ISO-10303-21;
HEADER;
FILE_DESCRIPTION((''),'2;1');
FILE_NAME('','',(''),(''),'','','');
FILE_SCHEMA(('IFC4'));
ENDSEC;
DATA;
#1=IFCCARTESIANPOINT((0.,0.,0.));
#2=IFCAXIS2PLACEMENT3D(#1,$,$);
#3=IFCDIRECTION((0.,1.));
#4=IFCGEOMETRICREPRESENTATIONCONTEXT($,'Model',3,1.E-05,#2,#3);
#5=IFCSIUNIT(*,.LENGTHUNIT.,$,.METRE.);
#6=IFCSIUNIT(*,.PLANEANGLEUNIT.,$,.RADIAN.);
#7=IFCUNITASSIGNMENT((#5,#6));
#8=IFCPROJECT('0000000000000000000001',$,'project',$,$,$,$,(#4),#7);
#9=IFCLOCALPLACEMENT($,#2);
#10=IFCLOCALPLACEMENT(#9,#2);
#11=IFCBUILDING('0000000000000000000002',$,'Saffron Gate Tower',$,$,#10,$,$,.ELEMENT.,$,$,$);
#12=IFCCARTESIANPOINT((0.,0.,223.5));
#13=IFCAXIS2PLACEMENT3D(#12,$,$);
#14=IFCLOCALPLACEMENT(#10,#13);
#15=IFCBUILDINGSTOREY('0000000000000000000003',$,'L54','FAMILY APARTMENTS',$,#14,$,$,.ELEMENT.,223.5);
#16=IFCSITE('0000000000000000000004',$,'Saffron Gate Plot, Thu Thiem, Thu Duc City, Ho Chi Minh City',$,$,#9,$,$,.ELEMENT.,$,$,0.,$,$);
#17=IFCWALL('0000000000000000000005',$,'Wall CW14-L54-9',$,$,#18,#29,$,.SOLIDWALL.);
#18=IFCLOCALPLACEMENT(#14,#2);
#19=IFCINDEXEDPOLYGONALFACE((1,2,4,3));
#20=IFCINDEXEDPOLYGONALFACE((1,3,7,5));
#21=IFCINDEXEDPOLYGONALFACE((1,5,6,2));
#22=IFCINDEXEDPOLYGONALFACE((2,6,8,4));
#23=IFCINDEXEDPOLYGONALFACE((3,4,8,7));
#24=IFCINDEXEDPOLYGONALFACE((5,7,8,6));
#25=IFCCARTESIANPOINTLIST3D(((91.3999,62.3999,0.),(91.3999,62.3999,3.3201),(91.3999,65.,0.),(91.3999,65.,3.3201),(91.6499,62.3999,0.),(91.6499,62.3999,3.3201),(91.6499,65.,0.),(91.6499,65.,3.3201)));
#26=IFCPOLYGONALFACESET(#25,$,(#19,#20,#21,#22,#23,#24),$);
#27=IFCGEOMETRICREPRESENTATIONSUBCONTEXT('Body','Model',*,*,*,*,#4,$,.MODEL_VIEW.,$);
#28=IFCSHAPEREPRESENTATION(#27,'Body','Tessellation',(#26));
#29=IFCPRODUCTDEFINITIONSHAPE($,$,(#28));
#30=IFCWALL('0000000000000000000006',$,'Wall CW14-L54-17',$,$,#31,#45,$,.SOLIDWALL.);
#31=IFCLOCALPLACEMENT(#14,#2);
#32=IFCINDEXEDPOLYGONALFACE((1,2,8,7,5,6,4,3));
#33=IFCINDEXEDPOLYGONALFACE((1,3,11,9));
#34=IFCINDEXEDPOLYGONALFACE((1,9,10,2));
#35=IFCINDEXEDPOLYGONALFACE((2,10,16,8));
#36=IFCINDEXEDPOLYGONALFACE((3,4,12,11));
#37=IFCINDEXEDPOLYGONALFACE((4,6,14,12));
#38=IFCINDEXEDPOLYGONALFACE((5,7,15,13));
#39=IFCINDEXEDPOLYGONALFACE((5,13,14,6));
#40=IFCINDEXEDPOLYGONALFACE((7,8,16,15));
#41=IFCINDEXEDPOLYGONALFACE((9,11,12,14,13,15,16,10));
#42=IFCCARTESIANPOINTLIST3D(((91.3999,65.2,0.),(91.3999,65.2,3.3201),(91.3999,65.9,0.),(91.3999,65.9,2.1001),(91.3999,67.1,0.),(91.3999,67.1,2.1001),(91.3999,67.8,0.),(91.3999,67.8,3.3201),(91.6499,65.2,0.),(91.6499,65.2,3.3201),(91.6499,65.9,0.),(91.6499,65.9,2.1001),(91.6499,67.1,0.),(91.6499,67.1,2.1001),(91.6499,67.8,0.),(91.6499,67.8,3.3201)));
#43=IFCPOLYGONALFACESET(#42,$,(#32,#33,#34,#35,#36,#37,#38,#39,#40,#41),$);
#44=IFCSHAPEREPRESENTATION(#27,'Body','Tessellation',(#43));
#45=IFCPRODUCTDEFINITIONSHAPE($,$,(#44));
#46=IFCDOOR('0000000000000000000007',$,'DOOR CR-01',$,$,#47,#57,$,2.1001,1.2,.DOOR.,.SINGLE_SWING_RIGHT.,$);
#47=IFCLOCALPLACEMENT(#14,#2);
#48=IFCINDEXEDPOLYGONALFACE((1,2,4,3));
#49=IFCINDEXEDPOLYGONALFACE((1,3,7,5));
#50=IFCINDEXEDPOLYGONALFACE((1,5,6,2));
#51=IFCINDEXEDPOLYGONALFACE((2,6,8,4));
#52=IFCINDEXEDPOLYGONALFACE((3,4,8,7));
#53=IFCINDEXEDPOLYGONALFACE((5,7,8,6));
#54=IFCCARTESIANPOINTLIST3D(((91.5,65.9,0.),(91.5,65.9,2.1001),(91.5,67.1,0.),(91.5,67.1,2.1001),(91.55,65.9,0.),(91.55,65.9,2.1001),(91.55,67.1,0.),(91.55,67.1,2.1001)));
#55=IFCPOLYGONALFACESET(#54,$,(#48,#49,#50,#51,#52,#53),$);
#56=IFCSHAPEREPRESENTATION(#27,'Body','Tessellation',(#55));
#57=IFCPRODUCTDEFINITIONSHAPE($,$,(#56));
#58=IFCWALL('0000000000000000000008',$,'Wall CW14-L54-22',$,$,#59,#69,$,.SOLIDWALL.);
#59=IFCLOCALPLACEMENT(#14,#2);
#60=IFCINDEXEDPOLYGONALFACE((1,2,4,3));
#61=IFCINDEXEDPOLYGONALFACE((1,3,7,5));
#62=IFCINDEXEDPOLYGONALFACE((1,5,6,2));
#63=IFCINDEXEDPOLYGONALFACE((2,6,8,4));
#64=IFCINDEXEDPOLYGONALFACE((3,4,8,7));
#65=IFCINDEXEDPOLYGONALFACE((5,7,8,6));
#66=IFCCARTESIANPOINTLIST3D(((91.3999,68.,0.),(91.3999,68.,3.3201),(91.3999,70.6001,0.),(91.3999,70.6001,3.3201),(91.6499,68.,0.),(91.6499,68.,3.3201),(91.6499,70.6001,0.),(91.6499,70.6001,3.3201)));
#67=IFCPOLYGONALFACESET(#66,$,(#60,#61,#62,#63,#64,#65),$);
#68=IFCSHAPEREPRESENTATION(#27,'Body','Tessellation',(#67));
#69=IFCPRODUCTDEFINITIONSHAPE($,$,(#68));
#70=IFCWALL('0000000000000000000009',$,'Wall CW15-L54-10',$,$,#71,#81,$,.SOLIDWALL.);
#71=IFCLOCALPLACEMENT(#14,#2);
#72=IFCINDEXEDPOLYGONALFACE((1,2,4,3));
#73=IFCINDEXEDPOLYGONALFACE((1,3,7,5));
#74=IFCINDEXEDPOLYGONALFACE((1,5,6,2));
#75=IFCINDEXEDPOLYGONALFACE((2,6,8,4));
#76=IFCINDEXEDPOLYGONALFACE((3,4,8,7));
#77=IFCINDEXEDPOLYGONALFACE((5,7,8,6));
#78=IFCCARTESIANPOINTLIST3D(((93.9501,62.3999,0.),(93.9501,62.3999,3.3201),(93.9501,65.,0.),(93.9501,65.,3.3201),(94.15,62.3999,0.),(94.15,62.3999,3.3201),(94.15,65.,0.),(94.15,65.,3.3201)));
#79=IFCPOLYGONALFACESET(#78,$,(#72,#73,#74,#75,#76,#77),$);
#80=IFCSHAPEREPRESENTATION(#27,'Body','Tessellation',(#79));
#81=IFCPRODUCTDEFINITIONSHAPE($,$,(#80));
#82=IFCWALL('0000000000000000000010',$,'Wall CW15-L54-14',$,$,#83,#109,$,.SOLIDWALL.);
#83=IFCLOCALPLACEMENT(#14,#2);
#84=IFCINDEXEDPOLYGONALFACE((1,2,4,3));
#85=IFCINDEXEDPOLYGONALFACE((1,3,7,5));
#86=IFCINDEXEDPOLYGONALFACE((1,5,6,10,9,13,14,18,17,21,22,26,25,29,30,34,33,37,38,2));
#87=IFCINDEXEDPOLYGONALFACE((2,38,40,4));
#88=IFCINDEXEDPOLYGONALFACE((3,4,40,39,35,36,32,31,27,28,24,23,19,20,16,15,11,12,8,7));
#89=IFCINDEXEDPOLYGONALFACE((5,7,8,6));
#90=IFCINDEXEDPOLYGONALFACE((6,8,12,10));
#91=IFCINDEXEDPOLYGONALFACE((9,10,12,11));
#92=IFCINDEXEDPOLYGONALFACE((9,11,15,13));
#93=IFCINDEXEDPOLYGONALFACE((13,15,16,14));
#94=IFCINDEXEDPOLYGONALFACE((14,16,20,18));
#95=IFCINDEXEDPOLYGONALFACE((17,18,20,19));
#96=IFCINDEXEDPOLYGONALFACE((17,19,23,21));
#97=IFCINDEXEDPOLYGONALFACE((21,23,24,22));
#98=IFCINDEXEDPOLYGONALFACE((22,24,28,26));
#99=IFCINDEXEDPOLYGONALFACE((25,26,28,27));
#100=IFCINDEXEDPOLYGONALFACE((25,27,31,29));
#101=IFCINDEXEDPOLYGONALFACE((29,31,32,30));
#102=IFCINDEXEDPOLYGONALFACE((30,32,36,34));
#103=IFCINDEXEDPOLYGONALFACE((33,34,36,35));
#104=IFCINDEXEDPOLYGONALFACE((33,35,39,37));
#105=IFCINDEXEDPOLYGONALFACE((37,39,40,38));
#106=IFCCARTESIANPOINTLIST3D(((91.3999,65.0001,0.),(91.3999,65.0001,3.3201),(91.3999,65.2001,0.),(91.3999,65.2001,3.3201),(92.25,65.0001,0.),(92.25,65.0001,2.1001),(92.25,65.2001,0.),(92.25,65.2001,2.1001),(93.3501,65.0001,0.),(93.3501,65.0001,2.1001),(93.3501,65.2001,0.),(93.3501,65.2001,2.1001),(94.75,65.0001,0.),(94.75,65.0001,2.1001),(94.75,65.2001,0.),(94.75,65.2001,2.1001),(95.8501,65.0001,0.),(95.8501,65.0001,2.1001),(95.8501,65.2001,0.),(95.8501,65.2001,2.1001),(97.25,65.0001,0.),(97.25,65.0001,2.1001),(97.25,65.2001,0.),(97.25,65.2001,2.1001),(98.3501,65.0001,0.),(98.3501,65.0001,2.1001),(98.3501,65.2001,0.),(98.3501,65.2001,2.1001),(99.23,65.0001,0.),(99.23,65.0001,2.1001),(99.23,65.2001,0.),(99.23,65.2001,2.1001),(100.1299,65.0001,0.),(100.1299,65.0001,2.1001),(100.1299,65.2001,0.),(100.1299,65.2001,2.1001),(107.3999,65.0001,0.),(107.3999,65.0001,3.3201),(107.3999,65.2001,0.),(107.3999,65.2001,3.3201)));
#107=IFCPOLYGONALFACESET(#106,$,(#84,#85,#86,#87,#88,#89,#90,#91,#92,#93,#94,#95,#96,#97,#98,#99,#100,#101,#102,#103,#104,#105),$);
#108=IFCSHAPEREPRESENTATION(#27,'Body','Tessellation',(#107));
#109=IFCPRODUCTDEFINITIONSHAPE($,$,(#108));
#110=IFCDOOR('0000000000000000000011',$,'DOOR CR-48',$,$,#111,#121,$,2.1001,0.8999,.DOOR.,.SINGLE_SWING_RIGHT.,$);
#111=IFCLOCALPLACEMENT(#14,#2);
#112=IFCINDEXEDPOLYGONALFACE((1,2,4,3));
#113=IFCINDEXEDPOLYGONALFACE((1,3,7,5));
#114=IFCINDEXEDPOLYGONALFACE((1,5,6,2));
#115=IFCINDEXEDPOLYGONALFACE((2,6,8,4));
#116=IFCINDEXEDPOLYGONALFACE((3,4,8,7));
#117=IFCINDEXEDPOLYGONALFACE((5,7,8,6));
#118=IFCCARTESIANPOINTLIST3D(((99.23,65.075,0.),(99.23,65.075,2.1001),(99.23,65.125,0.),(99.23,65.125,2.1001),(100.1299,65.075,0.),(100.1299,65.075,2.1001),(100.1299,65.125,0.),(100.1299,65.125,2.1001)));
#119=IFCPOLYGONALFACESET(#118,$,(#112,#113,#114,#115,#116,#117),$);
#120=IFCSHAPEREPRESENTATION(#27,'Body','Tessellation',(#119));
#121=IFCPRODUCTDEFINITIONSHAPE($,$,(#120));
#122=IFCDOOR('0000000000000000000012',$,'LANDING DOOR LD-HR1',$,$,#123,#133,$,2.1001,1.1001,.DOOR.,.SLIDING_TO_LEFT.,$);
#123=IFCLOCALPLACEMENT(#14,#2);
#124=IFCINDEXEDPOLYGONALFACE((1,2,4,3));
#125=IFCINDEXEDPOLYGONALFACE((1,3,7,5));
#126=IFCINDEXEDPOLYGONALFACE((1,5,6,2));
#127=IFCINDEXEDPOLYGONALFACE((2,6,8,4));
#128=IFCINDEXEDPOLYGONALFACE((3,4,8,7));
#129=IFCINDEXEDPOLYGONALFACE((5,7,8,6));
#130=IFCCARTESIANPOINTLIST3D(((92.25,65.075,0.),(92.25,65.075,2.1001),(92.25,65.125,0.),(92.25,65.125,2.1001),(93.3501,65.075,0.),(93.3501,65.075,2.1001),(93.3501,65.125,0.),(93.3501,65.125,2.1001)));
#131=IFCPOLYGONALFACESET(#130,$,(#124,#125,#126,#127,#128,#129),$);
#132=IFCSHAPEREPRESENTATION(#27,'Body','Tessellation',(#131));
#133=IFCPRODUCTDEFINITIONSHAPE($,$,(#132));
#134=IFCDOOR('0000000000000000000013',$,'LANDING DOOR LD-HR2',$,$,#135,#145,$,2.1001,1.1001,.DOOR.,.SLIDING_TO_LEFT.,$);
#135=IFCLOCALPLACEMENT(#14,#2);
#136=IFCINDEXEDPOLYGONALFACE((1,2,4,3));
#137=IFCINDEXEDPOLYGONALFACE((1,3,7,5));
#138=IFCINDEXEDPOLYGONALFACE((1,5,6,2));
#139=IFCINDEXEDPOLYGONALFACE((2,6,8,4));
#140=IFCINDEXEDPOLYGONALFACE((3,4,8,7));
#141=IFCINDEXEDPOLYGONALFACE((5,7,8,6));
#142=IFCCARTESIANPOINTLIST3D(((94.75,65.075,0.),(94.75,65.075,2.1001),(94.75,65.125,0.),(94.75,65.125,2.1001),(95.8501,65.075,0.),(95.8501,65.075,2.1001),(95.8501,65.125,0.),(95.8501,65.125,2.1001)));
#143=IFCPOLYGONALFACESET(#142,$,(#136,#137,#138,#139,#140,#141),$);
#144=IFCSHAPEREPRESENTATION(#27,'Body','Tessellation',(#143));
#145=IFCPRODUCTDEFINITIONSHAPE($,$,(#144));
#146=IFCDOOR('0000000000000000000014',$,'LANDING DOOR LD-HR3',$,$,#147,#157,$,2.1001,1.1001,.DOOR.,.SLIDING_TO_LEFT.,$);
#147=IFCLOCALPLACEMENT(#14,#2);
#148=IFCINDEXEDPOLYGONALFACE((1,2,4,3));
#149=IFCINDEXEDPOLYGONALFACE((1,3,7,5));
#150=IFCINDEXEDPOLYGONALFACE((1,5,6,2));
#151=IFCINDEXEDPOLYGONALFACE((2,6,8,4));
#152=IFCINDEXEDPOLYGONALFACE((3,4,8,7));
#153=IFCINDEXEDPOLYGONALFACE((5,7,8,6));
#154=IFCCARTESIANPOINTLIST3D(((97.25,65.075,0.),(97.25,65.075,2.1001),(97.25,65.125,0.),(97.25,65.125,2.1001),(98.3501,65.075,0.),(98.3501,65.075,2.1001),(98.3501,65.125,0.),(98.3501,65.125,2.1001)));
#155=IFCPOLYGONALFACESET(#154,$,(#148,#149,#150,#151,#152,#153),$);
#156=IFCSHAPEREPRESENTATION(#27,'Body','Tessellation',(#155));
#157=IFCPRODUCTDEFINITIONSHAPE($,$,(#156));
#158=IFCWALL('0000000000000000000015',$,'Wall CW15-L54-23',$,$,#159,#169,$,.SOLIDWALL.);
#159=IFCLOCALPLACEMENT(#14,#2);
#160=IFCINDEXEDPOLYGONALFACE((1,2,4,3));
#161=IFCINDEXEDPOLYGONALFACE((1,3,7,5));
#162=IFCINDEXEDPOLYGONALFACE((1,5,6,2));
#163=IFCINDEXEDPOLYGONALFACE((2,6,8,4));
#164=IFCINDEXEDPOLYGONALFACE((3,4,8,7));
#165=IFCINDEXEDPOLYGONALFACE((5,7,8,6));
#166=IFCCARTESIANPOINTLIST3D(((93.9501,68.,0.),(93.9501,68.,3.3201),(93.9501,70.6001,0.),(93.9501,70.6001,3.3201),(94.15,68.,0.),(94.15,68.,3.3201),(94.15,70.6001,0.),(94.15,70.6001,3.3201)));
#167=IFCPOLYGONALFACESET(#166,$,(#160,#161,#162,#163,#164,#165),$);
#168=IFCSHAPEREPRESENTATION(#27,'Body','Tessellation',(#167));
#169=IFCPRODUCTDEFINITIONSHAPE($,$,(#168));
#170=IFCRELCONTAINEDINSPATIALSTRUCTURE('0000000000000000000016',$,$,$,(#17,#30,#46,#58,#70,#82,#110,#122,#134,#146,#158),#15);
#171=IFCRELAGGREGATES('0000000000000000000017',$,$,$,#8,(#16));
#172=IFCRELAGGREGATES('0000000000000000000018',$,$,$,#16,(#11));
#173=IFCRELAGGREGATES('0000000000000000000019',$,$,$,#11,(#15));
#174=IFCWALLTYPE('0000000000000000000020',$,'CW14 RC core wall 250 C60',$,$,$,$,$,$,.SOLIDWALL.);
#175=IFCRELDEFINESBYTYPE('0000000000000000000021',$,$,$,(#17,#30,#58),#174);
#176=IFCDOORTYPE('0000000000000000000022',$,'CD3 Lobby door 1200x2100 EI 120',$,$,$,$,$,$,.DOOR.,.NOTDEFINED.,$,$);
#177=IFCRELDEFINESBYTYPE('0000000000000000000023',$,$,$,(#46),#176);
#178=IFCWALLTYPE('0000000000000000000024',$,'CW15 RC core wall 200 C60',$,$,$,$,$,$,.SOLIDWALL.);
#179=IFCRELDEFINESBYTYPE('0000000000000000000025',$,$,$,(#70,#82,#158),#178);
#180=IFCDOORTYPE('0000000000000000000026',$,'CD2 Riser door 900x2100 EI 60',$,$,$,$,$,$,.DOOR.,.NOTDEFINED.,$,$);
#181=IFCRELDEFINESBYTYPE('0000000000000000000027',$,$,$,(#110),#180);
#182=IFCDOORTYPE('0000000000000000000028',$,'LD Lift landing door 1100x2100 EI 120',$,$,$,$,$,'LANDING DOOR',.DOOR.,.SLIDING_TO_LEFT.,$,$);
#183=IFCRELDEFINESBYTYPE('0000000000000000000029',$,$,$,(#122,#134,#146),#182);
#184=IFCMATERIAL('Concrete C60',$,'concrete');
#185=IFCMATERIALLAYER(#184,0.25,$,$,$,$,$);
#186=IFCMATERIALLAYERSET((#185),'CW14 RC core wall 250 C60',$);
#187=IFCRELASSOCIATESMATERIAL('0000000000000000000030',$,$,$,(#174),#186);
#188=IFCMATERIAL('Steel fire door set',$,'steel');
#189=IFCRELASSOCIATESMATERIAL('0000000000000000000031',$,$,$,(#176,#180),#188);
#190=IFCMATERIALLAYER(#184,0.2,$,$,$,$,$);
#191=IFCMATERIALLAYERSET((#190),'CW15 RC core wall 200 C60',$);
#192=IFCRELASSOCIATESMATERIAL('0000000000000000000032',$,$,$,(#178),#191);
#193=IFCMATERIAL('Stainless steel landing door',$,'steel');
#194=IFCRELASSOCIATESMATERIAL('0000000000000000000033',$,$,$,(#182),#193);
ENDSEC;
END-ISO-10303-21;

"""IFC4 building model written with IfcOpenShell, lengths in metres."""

from ifc_helpers import new_model, si_unit, direction, frame, frame_2d, origin, place, context, subcontext, project, spatial, rectangle, extrude, material, layer, layer_set, type_object, element, fill, save


model = new_model("IFC4")

# Units and contexts
model_context = context("Model", 3, precision=1e-05, world=origin(), true_north=direction((0.0, 1.0)))
body_context = subcontext(model_context, "Body", "Model", "MODEL_VIEW")
ifc_project = project(units=[si_unit("LENGTHUNIT", "METRE"), si_unit("PLANEANGLEUNIT", "RADIAN")], contexts=[model_context])

# Site, building, storey
site_placement = place(None, origin())
site = spatial("IfcSite", under=ifc_project, at=site_placement, Name="Saffron Gate Plot, Thu Thiem, Thu Duc City, Ho Chi Minh City", CompositionType="ELEMENT", RefElevation=0.0)
building_placement = place(site_placement, origin())
building = spatial("IfcBuilding", under=site, at=building_placement, Name="Saffron Gate Tower", CompositionType="ELEMENT")
storey_placement = place(building_placement, frame((0.0, 0.0, 223.5)))
storey = spatial("IfcBuildingStorey", under=building, at=storey_placement, Name="L54", Description="FAMILY APARTMENTS", CompositionType="ELEMENT", Elevation=223.5)

# Wall
ifc_material_1 = material(Name="Concrete C60", Category="concrete")
ifc_layer_1 = layer(ifc_material_1, 0.25)
ifc_layer_set_1 = layer_set([ifc_layer_1], Name="CW14 RC core wall 250 C60")
wall_type_1 = type_object("IfcWallType", Name="CW14 RC core wall 250 C60", PredefinedType="SOLIDWALL", material=ifc_layer_set_1)
wall_1_placement = place(storey_placement, frame((91.5249, 62.3999, 0.0), z_axis=(0.0, 0.0, 1.0), x_axis=(0.0, 1.0, 0.0)))
element("IfcWall", 1, at=wall_1_placement, inside=storey, type_object=wall_type_1, Name="Wall CW14-L54-9", PredefinedType="SOLIDWALL", context=body_context, shape_type="SweptSolid", body=[
    extrude(rectangle(XDim=2.6001, YDim=0.25, at=frame_2d((1.3, 0.0))), origin(), (0.0, 0.0, 1.0), 3.3201),
])

# Wall, opening, door
wall_2_placement = place(storey_placement, frame((91.5249, 65.2, 0.0), z_axis=(0.0, 0.0, 1.0), x_axis=(0.0, 1.0, 0.0)))
wall_2 = element("IfcWall", 2, at=wall_2_placement, inside=storey, type_object=wall_type_1, Name="Wall CW14-L54-17", PredefinedType="SOLIDWALL", context=body_context, shape_type="SweptSolid", body=[
    extrude(rectangle(XDim=2.6001, YDim=0.25, at=frame_2d((1.3, 0.0))), origin(), (0.0, 0.0, 1.0), 3.3201),
])
opening_1_placement = place(wall_2_placement, frame((0.7, 0.0, 0.0)))
opening_1 = element("IfcOpeningElement", 3, at=opening_1_placement, cuts=wall_2, PredefinedType="OPENING", context=body_context, shape_type="SweptSolid", body=[
    extrude(rectangle(XDim=1.2, YDim=2.1001, at=frame_2d((0.6001, 1.05))), frame((0.0, 0.135, 0.0), z_axis=(0.0, -1.0, 0.0), x_axis=(1.0, 0.0, 0.0)), (0.0, 0.0, 1.0), 0.27),
])
ifc_material_2 = material(Name="Steel fire door set", Category="steel")
door_type_1 = type_object("IfcDoorType", Name="CD3 Lobby door 1200x2100 EI 120", OperationType="NOTDEFINED", PredefinedType="DOOR", material=ifc_material_2)
door_1_placement = place(opening_1_placement, origin())
door_1 = element("IfcDoor", 4, at=door_1_placement, inside=storey, type_object=door_type_1, Name="DOOR CR-01", OperationType="SINGLE_SWING_RIGHT", OverallHeight=2.1001, OverallWidth=1.2, PredefinedType="DOOR", context=body_context, shape_type="SweptSolid", body=[
    extrude(rectangle(XDim=1.2, YDim=2.1001, at=frame_2d((0.6001, 1.05))), frame((0.0, 0.0249, 0.0), z_axis=(0.0, -1.0, 0.0), x_axis=(1.0, 0.0, 0.0)), (0.0, 0.0, 1.0), 0.05),
])
fill(opening_1, door_1)

# Walls
wall_3_placement = place(storey_placement, frame((91.5249, 68.0, 0.0), z_axis=(0.0, 0.0, 1.0), x_axis=(0.0, 1.0, 0.0)))
element("IfcWall", 5, at=wall_3_placement, inside=storey, type_object=wall_type_1, Name="Wall CW14-L54-22", PredefinedType="SOLIDWALL", context=body_context, shape_type="SweptSolid", body=[
    extrude(rectangle(XDim=2.6001, YDim=0.25, at=frame_2d((1.3, 0.0))), origin(), (0.0, 0.0, 1.0), 3.3201),
])
ifc_layer_2 = layer(ifc_material_1, 0.2)
ifc_layer_set_2 = layer_set([ifc_layer_2], Name="CW15 RC core wall 200 C60")
wall_type_2 = type_object("IfcWallType", Name="CW15 RC core wall 200 C60", PredefinedType="SOLIDWALL", material=ifc_layer_set_2)
wall_4_placement = place(storey_placement, frame((94.05, 62.3999, 0.0), z_axis=(0.0, 0.0, 1.0), x_axis=(0.0, 1.0, 0.0)))
element("IfcWall", 6, at=wall_4_placement, inside=storey, type_object=wall_type_2, Name="Wall CW15-L54-10", PredefinedType="SOLIDWALL", context=body_context, shape_type="SweptSolid", body=[
    extrude(rectangle(XDim=2.6001, YDim=0.2, at=frame_2d((1.3, 0.0))), origin(), (0.0, 0.0, 1.0), 3.3201),
])

# Wall, openings, doors
wall_5_placement = place(storey_placement, frame((91.3999, 65.1001, 0.0), z_axis=(0.0, 0.0, 1.0), x_axis=(1.0, 0.0, 0.0)))
wall_5 = element("IfcWall", 7, at=wall_5_placement, inside=storey, type_object=wall_type_2, Name="Wall CW15-L54-14", PredefinedType="SOLIDWALL", context=body_context, shape_type="SweptSolid", body=[
    extrude(rectangle(XDim=16.0, YDim=0.2, at=frame_2d((8.0, 0.0))), origin(), (0.0, 0.0, 1.0), 3.3201),
])
opening_2_placement = place(wall_5_placement, frame((0.8501, 0.0, 0.0)))
opening_2 = element("IfcOpeningElement", 8, at=opening_2_placement, cuts=wall_5, PredefinedType="OPENING", context=body_context, shape_type="SweptSolid", body=[
    extrude(rectangle(XDim=1.1001, YDim=2.1001, at=frame_2d((0.55, 1.05))), frame((0.0, 0.1099, 0.0), z_axis=(0.0, -1.0, 0.0), x_axis=(1.0, 0.0, 0.0)), (0.0, 0.0, 1.0), 0.22),
])
opening_3_placement = place(wall_5_placement, frame((3.3501, 0.0, 0.0)))
opening_3 = element("IfcOpeningElement", 9, at=opening_3_placement, cuts=wall_5, PredefinedType="OPENING", context=body_context, shape_type="SweptSolid", body=[
    extrude(rectangle(XDim=1.1001, YDim=2.1001, at=frame_2d((0.55, 1.05))), frame((0.0, 0.1099, 0.0), z_axis=(0.0, -1.0, 0.0), x_axis=(1.0, 0.0, 0.0)), (0.0, 0.0, 1.0), 0.22),
])
opening_4_placement = place(wall_5_placement, frame((5.8501, 0.0, 0.0)))
opening_4 = element("IfcOpeningElement", 10, at=opening_4_placement, cuts=wall_5, PredefinedType="OPENING", context=body_context, shape_type="SweptSolid", body=[
    extrude(rectangle(XDim=1.1001, YDim=2.1001, at=frame_2d((0.55, 1.05))), frame((0.0, 0.1099, 0.0), z_axis=(0.0, -1.0, 0.0), x_axis=(1.0, 0.0, 0.0)), (0.0, 0.0, 1.0), 0.22),
])
opening_5_placement = place(wall_5_placement, frame((7.8301, 0.0, 0.0)))
opening_5 = element("IfcOpeningElement", 11, at=opening_5_placement, cuts=wall_5, PredefinedType="OPENING", context=body_context, shape_type="SweptSolid", body=[
    extrude(rectangle(XDim=0.8999, YDim=2.1001, at=frame_2d((0.45, 1.05))), frame((0.0, 0.1099, 0.0), z_axis=(0.0, -1.0, 0.0), x_axis=(1.0, 0.0, 0.0)), (0.0, 0.0, 1.0), 0.22),
])
door_type_2 = type_object("IfcDoorType", Name="CD2 Riser door 900x2100 EI 60", OperationType="NOTDEFINED", PredefinedType="DOOR", material=ifc_material_2)
door_2_placement = place(opening_5_placement, origin())
door_2 = element("IfcDoor", 12, at=door_2_placement, inside=storey, type_object=door_type_2, Name="DOOR CR-48", OperationType="SINGLE_SWING_RIGHT", OverallHeight=2.1001, OverallWidth=0.8999, PredefinedType="DOOR", context=body_context, shape_type="SweptSolid", body=[
    extrude(rectangle(XDim=0.8999, YDim=2.1001, at=frame_2d((0.45, 1.05))), frame((0.0, 0.0249, 0.0), z_axis=(0.0, -1.0, 0.0), x_axis=(1.0, 0.0, 0.0)), (0.0, 0.0, 1.0), 0.05),
])
fill(opening_5, door_2)
ifc_material_3 = material(Name="Stainless steel landing door", Category="steel")
door_type_3 = type_object("IfcDoorType", Name="LD Lift landing door 1100x2100 EI 120", ElementType="LANDING DOOR", OperationType="SLIDING_TO_LEFT", PredefinedType="DOOR", material=ifc_material_3)
door_3_placement = place(opening_2_placement, origin())
door_3 = element("IfcDoor", 13, at=door_3_placement, inside=storey, type_object=door_type_3, Name="LANDING DOOR LD-HR1", OperationType="SLIDING_TO_LEFT", OverallHeight=2.1001, OverallWidth=1.1001, PredefinedType="DOOR", context=body_context, shape_type="SweptSolid", body=[
    extrude(rectangle(XDim=1.1001, YDim=2.1001, at=frame_2d((0.55, 1.05))), frame((0.0, 0.0249, 0.0), z_axis=(0.0, -1.0, 0.0), x_axis=(1.0, 0.0, 0.0)), (0.0, 0.0, 1.0), 0.05),
])
fill(opening_2, door_3)
door_4_placement = place(opening_3_placement, origin())
door_4 = element("IfcDoor", 14, at=door_4_placement, inside=storey, type_object=door_type_3, Name="LANDING DOOR LD-HR2", OperationType="SLIDING_TO_LEFT", OverallHeight=2.1001, OverallWidth=1.1001, PredefinedType="DOOR", context=body_context, shape_type="SweptSolid", body=[
    extrude(rectangle(XDim=1.1001, YDim=2.1001, at=frame_2d((0.55, 1.05))), frame((0.0, 0.0249, 0.0), z_axis=(0.0, -1.0, 0.0), x_axis=(1.0, 0.0, 0.0)), (0.0, 0.0, 1.0), 0.05),
])
fill(opening_3, door_4)
door_5_placement = place(opening_4_placement, origin())
door_5 = element("IfcDoor", 15, at=door_5_placement, inside=storey, type_object=door_type_3, Name="LANDING DOOR LD-HR3", OperationType="SLIDING_TO_LEFT", OverallHeight=2.1001, OverallWidth=1.1001, PredefinedType="DOOR", context=body_context, shape_type="SweptSolid", body=[
    extrude(rectangle(XDim=1.1001, YDim=2.1001, at=frame_2d((0.55, 1.05))), frame((0.0, 0.0249, 0.0), z_axis=(0.0, -1.0, 0.0), x_axis=(1.0, 0.0, 0.0)), (0.0, 0.0, 1.0), 0.05),
])
fill(opening_4, door_5)

# Wall
wall_6_placement = place(storey_placement, frame((94.05, 68.0, 0.0), z_axis=(0.0, 0.0, 1.0), x_axis=(0.0, 1.0, 0.0)))
element("IfcWall", 16, at=wall_6_placement, inside=storey, type_object=wall_type_2, Name="Wall CW15-L54-23", PredefinedType="SOLIDWALL", context=body_context, shape_type="SweptSolid", body=[
    extrude(rectangle(XDim=2.6001, YDim=0.2, at=frame_2d((1.3, 0.0))), origin(), (0.0, 0.0, 1.0), 3.3201),
])

save(model, "model.ifc")
